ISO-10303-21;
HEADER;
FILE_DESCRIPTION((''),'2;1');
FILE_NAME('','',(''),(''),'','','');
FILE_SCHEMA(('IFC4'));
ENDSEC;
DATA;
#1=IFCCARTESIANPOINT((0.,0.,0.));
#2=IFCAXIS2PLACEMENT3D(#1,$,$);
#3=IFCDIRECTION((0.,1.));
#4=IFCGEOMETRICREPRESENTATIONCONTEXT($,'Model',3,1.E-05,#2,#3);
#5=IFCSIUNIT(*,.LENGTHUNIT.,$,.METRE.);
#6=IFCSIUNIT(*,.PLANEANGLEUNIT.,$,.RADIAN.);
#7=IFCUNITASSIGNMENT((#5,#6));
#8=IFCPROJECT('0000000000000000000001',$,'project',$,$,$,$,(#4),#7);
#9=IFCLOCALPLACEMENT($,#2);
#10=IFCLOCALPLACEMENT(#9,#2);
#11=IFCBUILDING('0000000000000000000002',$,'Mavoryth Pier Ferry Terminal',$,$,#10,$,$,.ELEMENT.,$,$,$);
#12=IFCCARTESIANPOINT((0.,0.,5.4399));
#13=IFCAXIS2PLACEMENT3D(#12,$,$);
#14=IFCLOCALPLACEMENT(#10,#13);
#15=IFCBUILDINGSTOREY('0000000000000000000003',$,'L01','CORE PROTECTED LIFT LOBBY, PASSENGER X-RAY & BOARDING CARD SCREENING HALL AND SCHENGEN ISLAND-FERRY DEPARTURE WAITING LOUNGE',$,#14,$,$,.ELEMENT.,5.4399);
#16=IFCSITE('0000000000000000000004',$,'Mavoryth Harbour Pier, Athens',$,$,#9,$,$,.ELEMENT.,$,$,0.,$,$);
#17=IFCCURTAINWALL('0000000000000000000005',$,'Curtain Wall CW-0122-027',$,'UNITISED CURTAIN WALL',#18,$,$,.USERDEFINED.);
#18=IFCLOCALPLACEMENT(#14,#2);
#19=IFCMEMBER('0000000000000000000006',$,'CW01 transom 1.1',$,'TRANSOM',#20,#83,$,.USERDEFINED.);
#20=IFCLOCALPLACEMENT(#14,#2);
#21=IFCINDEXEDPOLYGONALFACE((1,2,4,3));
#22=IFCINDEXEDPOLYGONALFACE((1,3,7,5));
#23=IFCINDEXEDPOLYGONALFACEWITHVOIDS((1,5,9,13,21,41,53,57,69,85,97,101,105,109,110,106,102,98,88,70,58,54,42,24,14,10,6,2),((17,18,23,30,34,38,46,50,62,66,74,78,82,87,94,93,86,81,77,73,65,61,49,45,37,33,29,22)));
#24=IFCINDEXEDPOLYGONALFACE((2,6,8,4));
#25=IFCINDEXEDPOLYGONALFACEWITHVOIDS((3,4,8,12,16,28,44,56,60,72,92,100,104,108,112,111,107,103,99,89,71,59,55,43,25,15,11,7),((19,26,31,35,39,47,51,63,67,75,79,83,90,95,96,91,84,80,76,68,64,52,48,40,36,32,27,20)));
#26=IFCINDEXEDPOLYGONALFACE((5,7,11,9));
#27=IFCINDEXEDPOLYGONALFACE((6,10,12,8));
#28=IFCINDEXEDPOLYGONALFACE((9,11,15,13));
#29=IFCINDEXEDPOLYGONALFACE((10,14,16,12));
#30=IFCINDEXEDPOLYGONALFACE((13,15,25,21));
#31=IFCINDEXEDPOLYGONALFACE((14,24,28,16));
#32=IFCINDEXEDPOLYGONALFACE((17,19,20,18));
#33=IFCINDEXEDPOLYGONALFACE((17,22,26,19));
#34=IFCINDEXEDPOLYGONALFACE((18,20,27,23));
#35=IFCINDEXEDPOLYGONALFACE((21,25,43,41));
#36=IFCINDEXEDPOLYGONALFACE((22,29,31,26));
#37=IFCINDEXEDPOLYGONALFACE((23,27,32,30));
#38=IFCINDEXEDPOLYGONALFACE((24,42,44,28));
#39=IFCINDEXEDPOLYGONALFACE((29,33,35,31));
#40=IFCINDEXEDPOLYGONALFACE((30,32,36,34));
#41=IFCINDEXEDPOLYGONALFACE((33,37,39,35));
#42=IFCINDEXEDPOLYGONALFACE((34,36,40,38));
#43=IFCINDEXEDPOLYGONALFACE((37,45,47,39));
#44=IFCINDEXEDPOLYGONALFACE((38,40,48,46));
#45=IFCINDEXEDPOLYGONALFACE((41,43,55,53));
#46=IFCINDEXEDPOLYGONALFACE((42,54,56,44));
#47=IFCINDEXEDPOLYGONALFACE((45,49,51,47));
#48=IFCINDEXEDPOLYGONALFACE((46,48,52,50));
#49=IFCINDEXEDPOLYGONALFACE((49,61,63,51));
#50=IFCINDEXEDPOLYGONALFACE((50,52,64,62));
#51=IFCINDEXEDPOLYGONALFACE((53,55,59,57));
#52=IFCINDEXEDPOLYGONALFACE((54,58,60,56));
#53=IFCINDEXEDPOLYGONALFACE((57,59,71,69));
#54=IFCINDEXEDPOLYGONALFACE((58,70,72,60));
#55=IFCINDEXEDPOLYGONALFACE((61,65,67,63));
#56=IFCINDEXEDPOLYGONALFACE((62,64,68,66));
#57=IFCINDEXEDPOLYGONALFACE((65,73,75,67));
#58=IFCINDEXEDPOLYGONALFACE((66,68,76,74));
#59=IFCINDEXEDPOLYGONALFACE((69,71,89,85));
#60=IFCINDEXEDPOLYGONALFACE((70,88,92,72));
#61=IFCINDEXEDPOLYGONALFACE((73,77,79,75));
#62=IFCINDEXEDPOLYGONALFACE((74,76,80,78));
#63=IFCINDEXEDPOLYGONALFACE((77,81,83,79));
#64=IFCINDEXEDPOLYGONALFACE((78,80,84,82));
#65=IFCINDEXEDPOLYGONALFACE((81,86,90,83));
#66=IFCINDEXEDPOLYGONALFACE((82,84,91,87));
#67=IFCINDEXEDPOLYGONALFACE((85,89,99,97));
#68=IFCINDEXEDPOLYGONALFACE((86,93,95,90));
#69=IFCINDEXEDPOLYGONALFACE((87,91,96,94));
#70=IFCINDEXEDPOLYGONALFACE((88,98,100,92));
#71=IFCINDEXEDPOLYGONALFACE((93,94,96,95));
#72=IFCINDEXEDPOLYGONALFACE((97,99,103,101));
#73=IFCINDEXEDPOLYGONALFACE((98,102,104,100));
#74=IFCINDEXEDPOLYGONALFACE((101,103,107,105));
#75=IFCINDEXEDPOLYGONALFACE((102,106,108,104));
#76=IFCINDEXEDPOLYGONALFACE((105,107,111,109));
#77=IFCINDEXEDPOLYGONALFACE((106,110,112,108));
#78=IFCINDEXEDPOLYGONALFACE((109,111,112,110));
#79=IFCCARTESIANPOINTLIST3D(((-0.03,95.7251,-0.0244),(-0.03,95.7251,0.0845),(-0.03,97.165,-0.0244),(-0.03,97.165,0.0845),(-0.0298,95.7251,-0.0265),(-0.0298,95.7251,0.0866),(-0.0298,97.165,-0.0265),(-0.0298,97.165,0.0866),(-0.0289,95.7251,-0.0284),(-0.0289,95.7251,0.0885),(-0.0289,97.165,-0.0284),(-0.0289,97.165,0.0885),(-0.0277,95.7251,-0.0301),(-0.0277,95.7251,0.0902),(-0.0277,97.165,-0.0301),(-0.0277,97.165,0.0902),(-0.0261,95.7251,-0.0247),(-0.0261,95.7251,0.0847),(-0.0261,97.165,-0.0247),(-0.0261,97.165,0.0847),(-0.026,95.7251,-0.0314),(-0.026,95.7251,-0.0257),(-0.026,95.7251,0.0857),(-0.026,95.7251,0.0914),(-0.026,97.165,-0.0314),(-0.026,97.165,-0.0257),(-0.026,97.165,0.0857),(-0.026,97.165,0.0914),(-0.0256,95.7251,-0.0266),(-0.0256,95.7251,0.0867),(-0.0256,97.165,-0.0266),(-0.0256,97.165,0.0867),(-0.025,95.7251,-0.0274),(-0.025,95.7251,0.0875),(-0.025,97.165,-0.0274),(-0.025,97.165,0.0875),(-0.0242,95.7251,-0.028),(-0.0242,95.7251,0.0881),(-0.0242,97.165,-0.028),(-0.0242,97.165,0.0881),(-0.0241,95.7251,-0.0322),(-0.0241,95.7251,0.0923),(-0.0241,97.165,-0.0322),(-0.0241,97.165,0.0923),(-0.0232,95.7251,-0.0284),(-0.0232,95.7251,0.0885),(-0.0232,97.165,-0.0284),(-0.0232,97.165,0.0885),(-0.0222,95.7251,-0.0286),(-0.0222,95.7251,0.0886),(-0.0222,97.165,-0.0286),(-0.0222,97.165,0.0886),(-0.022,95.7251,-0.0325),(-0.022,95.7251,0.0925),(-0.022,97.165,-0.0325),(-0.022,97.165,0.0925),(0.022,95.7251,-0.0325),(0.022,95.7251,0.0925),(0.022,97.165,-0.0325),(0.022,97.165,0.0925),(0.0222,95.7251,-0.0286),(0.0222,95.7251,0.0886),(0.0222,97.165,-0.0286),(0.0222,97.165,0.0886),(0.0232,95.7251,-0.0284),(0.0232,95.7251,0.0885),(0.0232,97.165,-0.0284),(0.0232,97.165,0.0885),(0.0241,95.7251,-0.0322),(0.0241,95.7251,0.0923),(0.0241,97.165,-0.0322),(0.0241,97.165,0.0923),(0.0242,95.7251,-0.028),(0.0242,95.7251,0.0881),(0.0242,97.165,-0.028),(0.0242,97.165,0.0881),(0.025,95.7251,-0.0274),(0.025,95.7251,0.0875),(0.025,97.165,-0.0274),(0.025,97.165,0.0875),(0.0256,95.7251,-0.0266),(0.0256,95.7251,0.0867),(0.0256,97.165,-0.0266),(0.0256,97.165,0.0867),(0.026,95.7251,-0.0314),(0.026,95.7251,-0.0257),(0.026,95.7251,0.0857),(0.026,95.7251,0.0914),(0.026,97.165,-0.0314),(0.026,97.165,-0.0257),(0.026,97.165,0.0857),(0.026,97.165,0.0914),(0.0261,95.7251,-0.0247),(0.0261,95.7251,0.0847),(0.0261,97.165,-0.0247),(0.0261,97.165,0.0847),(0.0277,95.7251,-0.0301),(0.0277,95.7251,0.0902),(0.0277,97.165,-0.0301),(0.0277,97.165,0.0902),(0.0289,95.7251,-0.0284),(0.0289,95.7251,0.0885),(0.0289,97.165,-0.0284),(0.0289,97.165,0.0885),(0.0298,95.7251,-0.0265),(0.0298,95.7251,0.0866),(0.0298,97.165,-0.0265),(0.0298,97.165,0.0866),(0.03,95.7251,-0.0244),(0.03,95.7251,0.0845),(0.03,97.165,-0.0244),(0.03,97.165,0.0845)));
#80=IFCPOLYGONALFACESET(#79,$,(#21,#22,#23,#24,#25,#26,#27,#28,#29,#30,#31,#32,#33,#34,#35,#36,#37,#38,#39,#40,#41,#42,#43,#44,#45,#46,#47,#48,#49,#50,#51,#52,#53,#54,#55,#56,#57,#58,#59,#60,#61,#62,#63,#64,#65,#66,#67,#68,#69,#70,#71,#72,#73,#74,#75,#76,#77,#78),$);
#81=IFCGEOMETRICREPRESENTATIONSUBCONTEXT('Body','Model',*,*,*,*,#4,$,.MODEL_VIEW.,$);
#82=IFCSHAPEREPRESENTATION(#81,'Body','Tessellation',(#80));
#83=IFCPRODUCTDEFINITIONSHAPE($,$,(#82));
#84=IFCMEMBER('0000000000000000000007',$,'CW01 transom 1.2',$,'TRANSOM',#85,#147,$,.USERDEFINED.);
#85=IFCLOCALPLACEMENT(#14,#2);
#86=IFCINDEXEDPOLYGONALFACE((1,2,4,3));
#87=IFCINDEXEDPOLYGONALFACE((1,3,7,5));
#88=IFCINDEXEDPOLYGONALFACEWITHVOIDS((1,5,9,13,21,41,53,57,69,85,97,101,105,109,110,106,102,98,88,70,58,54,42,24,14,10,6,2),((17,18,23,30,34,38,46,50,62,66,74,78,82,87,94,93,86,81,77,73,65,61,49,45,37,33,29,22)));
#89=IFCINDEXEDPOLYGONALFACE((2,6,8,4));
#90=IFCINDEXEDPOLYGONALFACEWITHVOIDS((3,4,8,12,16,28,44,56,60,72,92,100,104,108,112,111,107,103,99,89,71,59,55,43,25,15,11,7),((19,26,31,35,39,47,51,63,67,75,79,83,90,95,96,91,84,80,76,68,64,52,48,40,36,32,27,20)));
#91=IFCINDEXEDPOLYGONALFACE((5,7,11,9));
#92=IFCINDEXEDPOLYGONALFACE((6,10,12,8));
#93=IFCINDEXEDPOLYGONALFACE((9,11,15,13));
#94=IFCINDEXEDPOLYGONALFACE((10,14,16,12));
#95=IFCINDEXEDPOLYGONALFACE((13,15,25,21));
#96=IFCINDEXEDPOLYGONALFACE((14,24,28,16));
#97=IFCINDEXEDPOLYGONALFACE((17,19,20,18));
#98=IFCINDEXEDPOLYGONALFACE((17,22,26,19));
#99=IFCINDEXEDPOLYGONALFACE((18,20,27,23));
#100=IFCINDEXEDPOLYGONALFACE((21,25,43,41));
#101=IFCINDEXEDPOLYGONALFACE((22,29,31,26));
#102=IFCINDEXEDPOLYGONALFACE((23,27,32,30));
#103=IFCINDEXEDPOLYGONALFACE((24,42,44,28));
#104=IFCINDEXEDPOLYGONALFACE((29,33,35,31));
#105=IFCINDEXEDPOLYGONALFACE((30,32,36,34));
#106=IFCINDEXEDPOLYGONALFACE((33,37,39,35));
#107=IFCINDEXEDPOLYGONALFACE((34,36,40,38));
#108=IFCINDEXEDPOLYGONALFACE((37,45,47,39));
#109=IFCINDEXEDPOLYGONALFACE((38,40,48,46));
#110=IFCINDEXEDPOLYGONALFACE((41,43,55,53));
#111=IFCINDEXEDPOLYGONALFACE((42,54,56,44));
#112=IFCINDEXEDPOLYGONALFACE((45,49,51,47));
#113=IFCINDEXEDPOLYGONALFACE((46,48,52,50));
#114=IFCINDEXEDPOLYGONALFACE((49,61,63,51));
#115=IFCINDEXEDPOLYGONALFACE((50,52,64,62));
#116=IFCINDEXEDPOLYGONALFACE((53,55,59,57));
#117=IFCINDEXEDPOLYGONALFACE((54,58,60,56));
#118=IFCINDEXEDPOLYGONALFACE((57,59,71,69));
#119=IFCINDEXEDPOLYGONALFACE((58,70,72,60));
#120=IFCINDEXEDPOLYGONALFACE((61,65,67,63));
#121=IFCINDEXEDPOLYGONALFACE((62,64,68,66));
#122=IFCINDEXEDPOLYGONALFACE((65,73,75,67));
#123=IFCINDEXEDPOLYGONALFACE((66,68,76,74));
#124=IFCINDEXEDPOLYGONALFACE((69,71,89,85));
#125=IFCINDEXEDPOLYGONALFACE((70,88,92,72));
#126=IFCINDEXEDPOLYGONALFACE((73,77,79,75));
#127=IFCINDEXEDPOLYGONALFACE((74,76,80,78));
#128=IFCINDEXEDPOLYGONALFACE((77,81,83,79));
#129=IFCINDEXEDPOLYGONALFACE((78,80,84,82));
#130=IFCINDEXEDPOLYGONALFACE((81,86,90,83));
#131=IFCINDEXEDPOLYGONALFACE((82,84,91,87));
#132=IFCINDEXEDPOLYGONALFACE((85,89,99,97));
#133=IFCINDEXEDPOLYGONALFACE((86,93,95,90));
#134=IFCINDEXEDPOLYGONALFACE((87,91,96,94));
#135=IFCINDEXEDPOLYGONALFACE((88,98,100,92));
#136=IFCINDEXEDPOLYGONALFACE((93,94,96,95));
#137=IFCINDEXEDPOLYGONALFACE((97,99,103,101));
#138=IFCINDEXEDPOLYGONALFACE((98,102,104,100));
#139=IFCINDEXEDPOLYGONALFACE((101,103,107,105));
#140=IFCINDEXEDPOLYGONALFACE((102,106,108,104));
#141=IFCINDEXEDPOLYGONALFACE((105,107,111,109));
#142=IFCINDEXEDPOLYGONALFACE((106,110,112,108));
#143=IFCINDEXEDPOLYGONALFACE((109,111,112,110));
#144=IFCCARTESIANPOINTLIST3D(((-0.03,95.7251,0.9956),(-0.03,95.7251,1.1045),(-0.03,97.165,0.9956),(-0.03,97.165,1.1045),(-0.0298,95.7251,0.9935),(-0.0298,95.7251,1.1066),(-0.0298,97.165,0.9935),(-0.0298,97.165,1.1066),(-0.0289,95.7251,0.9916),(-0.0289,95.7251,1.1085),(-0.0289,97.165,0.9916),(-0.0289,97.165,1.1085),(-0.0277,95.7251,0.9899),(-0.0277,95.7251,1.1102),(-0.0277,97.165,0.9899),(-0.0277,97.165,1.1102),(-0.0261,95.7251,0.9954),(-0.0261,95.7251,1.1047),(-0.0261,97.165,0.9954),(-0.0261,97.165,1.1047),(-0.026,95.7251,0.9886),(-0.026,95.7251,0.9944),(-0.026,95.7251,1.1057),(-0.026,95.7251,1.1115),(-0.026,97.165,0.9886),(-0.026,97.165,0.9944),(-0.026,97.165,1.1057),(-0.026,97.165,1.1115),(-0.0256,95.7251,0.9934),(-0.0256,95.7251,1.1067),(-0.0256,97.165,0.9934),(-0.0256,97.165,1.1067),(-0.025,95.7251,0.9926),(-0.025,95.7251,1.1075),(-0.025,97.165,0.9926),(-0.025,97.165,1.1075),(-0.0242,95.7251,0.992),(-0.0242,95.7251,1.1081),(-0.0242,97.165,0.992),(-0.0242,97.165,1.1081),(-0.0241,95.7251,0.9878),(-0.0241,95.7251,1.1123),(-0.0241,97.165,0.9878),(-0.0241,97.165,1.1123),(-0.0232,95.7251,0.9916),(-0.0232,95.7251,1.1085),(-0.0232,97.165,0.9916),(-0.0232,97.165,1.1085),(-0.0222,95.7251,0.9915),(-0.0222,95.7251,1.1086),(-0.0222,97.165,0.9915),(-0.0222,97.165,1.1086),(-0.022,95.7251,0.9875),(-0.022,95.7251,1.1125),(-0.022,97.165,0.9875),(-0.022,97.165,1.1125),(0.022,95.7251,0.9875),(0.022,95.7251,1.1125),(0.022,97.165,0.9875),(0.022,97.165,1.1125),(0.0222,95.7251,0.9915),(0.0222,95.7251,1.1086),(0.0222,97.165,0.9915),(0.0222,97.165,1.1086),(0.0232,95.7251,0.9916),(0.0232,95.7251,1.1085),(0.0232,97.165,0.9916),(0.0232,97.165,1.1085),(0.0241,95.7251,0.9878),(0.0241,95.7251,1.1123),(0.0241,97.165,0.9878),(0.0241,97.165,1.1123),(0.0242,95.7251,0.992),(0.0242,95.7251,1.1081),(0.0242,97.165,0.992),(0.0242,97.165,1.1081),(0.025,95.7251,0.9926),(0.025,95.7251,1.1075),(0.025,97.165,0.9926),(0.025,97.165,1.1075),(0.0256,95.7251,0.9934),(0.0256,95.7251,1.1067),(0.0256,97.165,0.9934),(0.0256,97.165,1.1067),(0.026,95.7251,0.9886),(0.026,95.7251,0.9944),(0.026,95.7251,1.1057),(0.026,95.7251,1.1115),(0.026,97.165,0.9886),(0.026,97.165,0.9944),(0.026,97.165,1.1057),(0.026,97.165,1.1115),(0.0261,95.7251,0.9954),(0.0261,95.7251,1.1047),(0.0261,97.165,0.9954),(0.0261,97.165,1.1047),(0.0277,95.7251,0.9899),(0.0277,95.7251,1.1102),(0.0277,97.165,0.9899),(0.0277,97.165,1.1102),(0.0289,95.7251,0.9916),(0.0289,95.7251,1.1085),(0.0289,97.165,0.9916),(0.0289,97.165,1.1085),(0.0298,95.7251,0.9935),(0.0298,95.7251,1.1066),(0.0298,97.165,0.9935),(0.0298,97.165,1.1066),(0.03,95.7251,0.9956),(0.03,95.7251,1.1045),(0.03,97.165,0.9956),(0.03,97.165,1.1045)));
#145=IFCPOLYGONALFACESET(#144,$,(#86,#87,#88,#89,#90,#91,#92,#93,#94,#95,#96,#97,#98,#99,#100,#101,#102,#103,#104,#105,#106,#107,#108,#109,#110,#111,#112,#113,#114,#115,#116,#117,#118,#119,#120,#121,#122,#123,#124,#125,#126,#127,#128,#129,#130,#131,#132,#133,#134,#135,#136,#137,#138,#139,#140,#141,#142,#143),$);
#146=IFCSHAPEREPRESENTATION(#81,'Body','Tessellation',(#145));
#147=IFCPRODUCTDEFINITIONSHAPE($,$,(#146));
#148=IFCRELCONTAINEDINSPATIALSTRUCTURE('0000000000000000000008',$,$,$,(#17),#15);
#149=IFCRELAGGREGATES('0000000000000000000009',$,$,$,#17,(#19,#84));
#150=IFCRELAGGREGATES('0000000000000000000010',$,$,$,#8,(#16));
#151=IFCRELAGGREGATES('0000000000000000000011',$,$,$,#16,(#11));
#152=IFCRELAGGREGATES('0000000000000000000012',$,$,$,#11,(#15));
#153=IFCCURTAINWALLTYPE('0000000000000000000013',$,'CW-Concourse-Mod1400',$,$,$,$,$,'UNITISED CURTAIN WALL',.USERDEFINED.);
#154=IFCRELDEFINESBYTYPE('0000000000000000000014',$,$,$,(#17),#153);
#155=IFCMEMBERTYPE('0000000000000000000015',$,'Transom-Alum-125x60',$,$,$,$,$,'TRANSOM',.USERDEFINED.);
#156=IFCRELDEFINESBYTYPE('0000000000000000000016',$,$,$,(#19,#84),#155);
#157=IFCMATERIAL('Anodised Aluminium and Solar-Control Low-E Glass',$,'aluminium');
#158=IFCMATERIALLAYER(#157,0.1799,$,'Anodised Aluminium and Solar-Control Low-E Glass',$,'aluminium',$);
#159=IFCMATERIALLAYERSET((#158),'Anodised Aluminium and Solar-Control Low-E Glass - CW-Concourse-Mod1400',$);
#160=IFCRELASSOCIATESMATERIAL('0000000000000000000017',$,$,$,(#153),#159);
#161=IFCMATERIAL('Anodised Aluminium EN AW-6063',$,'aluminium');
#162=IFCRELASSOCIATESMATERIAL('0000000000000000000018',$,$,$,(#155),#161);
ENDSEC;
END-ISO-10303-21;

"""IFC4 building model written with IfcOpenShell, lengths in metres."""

from ifc_helpers import new_model, si_unit, direction, frame, origin, origin_2d, place, context, subcontext, project, spatial, hollow_rectangle, extrude, material, layer, layer_set, material_profile, profile_set, type_object, element, aggregate, save


model = new_model("IFC4")

# Units and contexts
model_context = context("Model", 3, precision=1e-05, world=origin(), true_north=direction((0.0, 1.0)))
body_context = subcontext(model_context, "Body", "Model", "MODEL_VIEW")
ifc_project = project(units=[si_unit("LENGTHUNIT", "METRE"), si_unit("PLANEANGLEUNIT", "RADIAN")], contexts=[model_context])

# Site, building, storey
site_placement = place(None, origin())
site = spatial("IfcSite", under=ifc_project, at=site_placement, Name="Mavoryth Harbour Pier, Athens", CompositionType="ELEMENT", RefElevation=0.0)
building_placement = place(site_placement, origin())
building = spatial("IfcBuilding", under=site, at=building_placement, Name="Mavoryth Pier Ferry Terminal", CompositionType="ELEMENT")
storey_placement = place(building_placement, frame((0.0, 0.0, 5.4399)))
storey = spatial("IfcBuildingStorey", under=building, at=storey_placement, Name="L01", Description="CORE PROTECTED LIFT LOBBY, PASSENGER X-RAY & BOARDING CARD SCREENING HALL AND SCHENGEN ISLAND-FERRY DEPARTURE WAITING LOUNGE", CompositionType="ELEMENT", Elevation=5.4399)

# Curtain wall, members
ifc_material_1 = material(Name="Anodised Aluminium and Solar-Control Low-E Glass", Category="aluminium")
ifc_layer_1 = layer(ifc_material_1, 0.1799, Name="Anodised Aluminium and Solar-Control Low-E Glass", Category="aluminium")
ifc_layer_set_1 = layer_set([ifc_layer_1], Name="Anodised Aluminium and Solar-Control Low-E Glass - CW-Concourse-Mod1400")
curtain_wall_type = type_object("IfcCurtainWallType", Name="CW-Concourse-Mod1400", ElementType="UNITISED CURTAIN WALL", PredefinedType="USERDEFINED", material=ifc_layer_set_1)
curtain_wall_placement = place(storey_placement, origin())
curtain_wall = element("IfcCurtainWall", 1, at=curtain_wall_placement, inside=storey, type_object=curtain_wall_type, Name="Curtain Wall CW-0122-027", ObjectType="UNITISED CURTAIN WALL", PredefinedType="USERDEFINED")
ifc_material_2 = material(Name="Anodised Aluminium EN AW-6063", Category="aluminium")
ifc_material_profile_1 = material_profile(ifc_material_2, hollow_rectangle(XDim=0.0601, YDim=0.125, WallThickness=0.0039, InnerFilletRadius=0.0039, OuterFilletRadius=0.0081, at=origin_2d()), Name="AL-TRAN 125x60x4", Category="aluminium")
ifc_profile_set_1 = profile_set([ifc_material_profile_1], Name="Anodised Aluminium EN AW-6063 - AL-TRAN 125x60x4")
member_type_1 = type_object("IfcMemberType", Name="Transom-Alum-125x60", ElementType="TRANSOM", PredefinedType="USERDEFINED", material=ifc_profile_set_1)
member_1_placement = place(storey_placement, frame((0.0, 97.165, 0.03), z_axis=(0.0, -1.0, 0.0), x_axis=(1.0, 0.0, 0.0)))
member_1 = element("IfcMember", 2, at=member_1_placement, type_object=member_type_1, Name="CW01 transom 1.1", ObjectType="TRANSOM", PredefinedType="USERDEFINED", context=body_context, shape_type="SweptSolid", body=[
    extrude(hollow_rectangle(XDim=0.0601, YDim=0.125, WallThickness=0.0039, InnerFilletRadius=0.0039, OuterFilletRadius=0.0081, at=origin_2d()), origin(), (0.0, 0.0, 1.0), 1.4399),
])
member_2_placement = place(storey_placement, frame((0.0, 97.165, 1.05), z_axis=(0.0, -1.0, 0.0), x_axis=(1.0, 0.0, 0.0)))
member_2 = element("IfcMember", 3, at=member_2_placement, type_object=member_type_1, Name="CW01 transom 1.2", ObjectType="TRANSOM", PredefinedType="USERDEFINED", context=body_context, shape_type="SweptSolid", body=[
    extrude(hollow_rectangle(XDim=0.0601, YDim=0.125, WallThickness=0.0039, InnerFilletRadius=0.0039, OuterFilletRadius=0.0081, at=origin_2d()), origin(), (0.0, 0.0, 1.0), 1.4399),
])
aggregate(curtain_wall, [member_1, member_2])

save(model, "model.ifc")
